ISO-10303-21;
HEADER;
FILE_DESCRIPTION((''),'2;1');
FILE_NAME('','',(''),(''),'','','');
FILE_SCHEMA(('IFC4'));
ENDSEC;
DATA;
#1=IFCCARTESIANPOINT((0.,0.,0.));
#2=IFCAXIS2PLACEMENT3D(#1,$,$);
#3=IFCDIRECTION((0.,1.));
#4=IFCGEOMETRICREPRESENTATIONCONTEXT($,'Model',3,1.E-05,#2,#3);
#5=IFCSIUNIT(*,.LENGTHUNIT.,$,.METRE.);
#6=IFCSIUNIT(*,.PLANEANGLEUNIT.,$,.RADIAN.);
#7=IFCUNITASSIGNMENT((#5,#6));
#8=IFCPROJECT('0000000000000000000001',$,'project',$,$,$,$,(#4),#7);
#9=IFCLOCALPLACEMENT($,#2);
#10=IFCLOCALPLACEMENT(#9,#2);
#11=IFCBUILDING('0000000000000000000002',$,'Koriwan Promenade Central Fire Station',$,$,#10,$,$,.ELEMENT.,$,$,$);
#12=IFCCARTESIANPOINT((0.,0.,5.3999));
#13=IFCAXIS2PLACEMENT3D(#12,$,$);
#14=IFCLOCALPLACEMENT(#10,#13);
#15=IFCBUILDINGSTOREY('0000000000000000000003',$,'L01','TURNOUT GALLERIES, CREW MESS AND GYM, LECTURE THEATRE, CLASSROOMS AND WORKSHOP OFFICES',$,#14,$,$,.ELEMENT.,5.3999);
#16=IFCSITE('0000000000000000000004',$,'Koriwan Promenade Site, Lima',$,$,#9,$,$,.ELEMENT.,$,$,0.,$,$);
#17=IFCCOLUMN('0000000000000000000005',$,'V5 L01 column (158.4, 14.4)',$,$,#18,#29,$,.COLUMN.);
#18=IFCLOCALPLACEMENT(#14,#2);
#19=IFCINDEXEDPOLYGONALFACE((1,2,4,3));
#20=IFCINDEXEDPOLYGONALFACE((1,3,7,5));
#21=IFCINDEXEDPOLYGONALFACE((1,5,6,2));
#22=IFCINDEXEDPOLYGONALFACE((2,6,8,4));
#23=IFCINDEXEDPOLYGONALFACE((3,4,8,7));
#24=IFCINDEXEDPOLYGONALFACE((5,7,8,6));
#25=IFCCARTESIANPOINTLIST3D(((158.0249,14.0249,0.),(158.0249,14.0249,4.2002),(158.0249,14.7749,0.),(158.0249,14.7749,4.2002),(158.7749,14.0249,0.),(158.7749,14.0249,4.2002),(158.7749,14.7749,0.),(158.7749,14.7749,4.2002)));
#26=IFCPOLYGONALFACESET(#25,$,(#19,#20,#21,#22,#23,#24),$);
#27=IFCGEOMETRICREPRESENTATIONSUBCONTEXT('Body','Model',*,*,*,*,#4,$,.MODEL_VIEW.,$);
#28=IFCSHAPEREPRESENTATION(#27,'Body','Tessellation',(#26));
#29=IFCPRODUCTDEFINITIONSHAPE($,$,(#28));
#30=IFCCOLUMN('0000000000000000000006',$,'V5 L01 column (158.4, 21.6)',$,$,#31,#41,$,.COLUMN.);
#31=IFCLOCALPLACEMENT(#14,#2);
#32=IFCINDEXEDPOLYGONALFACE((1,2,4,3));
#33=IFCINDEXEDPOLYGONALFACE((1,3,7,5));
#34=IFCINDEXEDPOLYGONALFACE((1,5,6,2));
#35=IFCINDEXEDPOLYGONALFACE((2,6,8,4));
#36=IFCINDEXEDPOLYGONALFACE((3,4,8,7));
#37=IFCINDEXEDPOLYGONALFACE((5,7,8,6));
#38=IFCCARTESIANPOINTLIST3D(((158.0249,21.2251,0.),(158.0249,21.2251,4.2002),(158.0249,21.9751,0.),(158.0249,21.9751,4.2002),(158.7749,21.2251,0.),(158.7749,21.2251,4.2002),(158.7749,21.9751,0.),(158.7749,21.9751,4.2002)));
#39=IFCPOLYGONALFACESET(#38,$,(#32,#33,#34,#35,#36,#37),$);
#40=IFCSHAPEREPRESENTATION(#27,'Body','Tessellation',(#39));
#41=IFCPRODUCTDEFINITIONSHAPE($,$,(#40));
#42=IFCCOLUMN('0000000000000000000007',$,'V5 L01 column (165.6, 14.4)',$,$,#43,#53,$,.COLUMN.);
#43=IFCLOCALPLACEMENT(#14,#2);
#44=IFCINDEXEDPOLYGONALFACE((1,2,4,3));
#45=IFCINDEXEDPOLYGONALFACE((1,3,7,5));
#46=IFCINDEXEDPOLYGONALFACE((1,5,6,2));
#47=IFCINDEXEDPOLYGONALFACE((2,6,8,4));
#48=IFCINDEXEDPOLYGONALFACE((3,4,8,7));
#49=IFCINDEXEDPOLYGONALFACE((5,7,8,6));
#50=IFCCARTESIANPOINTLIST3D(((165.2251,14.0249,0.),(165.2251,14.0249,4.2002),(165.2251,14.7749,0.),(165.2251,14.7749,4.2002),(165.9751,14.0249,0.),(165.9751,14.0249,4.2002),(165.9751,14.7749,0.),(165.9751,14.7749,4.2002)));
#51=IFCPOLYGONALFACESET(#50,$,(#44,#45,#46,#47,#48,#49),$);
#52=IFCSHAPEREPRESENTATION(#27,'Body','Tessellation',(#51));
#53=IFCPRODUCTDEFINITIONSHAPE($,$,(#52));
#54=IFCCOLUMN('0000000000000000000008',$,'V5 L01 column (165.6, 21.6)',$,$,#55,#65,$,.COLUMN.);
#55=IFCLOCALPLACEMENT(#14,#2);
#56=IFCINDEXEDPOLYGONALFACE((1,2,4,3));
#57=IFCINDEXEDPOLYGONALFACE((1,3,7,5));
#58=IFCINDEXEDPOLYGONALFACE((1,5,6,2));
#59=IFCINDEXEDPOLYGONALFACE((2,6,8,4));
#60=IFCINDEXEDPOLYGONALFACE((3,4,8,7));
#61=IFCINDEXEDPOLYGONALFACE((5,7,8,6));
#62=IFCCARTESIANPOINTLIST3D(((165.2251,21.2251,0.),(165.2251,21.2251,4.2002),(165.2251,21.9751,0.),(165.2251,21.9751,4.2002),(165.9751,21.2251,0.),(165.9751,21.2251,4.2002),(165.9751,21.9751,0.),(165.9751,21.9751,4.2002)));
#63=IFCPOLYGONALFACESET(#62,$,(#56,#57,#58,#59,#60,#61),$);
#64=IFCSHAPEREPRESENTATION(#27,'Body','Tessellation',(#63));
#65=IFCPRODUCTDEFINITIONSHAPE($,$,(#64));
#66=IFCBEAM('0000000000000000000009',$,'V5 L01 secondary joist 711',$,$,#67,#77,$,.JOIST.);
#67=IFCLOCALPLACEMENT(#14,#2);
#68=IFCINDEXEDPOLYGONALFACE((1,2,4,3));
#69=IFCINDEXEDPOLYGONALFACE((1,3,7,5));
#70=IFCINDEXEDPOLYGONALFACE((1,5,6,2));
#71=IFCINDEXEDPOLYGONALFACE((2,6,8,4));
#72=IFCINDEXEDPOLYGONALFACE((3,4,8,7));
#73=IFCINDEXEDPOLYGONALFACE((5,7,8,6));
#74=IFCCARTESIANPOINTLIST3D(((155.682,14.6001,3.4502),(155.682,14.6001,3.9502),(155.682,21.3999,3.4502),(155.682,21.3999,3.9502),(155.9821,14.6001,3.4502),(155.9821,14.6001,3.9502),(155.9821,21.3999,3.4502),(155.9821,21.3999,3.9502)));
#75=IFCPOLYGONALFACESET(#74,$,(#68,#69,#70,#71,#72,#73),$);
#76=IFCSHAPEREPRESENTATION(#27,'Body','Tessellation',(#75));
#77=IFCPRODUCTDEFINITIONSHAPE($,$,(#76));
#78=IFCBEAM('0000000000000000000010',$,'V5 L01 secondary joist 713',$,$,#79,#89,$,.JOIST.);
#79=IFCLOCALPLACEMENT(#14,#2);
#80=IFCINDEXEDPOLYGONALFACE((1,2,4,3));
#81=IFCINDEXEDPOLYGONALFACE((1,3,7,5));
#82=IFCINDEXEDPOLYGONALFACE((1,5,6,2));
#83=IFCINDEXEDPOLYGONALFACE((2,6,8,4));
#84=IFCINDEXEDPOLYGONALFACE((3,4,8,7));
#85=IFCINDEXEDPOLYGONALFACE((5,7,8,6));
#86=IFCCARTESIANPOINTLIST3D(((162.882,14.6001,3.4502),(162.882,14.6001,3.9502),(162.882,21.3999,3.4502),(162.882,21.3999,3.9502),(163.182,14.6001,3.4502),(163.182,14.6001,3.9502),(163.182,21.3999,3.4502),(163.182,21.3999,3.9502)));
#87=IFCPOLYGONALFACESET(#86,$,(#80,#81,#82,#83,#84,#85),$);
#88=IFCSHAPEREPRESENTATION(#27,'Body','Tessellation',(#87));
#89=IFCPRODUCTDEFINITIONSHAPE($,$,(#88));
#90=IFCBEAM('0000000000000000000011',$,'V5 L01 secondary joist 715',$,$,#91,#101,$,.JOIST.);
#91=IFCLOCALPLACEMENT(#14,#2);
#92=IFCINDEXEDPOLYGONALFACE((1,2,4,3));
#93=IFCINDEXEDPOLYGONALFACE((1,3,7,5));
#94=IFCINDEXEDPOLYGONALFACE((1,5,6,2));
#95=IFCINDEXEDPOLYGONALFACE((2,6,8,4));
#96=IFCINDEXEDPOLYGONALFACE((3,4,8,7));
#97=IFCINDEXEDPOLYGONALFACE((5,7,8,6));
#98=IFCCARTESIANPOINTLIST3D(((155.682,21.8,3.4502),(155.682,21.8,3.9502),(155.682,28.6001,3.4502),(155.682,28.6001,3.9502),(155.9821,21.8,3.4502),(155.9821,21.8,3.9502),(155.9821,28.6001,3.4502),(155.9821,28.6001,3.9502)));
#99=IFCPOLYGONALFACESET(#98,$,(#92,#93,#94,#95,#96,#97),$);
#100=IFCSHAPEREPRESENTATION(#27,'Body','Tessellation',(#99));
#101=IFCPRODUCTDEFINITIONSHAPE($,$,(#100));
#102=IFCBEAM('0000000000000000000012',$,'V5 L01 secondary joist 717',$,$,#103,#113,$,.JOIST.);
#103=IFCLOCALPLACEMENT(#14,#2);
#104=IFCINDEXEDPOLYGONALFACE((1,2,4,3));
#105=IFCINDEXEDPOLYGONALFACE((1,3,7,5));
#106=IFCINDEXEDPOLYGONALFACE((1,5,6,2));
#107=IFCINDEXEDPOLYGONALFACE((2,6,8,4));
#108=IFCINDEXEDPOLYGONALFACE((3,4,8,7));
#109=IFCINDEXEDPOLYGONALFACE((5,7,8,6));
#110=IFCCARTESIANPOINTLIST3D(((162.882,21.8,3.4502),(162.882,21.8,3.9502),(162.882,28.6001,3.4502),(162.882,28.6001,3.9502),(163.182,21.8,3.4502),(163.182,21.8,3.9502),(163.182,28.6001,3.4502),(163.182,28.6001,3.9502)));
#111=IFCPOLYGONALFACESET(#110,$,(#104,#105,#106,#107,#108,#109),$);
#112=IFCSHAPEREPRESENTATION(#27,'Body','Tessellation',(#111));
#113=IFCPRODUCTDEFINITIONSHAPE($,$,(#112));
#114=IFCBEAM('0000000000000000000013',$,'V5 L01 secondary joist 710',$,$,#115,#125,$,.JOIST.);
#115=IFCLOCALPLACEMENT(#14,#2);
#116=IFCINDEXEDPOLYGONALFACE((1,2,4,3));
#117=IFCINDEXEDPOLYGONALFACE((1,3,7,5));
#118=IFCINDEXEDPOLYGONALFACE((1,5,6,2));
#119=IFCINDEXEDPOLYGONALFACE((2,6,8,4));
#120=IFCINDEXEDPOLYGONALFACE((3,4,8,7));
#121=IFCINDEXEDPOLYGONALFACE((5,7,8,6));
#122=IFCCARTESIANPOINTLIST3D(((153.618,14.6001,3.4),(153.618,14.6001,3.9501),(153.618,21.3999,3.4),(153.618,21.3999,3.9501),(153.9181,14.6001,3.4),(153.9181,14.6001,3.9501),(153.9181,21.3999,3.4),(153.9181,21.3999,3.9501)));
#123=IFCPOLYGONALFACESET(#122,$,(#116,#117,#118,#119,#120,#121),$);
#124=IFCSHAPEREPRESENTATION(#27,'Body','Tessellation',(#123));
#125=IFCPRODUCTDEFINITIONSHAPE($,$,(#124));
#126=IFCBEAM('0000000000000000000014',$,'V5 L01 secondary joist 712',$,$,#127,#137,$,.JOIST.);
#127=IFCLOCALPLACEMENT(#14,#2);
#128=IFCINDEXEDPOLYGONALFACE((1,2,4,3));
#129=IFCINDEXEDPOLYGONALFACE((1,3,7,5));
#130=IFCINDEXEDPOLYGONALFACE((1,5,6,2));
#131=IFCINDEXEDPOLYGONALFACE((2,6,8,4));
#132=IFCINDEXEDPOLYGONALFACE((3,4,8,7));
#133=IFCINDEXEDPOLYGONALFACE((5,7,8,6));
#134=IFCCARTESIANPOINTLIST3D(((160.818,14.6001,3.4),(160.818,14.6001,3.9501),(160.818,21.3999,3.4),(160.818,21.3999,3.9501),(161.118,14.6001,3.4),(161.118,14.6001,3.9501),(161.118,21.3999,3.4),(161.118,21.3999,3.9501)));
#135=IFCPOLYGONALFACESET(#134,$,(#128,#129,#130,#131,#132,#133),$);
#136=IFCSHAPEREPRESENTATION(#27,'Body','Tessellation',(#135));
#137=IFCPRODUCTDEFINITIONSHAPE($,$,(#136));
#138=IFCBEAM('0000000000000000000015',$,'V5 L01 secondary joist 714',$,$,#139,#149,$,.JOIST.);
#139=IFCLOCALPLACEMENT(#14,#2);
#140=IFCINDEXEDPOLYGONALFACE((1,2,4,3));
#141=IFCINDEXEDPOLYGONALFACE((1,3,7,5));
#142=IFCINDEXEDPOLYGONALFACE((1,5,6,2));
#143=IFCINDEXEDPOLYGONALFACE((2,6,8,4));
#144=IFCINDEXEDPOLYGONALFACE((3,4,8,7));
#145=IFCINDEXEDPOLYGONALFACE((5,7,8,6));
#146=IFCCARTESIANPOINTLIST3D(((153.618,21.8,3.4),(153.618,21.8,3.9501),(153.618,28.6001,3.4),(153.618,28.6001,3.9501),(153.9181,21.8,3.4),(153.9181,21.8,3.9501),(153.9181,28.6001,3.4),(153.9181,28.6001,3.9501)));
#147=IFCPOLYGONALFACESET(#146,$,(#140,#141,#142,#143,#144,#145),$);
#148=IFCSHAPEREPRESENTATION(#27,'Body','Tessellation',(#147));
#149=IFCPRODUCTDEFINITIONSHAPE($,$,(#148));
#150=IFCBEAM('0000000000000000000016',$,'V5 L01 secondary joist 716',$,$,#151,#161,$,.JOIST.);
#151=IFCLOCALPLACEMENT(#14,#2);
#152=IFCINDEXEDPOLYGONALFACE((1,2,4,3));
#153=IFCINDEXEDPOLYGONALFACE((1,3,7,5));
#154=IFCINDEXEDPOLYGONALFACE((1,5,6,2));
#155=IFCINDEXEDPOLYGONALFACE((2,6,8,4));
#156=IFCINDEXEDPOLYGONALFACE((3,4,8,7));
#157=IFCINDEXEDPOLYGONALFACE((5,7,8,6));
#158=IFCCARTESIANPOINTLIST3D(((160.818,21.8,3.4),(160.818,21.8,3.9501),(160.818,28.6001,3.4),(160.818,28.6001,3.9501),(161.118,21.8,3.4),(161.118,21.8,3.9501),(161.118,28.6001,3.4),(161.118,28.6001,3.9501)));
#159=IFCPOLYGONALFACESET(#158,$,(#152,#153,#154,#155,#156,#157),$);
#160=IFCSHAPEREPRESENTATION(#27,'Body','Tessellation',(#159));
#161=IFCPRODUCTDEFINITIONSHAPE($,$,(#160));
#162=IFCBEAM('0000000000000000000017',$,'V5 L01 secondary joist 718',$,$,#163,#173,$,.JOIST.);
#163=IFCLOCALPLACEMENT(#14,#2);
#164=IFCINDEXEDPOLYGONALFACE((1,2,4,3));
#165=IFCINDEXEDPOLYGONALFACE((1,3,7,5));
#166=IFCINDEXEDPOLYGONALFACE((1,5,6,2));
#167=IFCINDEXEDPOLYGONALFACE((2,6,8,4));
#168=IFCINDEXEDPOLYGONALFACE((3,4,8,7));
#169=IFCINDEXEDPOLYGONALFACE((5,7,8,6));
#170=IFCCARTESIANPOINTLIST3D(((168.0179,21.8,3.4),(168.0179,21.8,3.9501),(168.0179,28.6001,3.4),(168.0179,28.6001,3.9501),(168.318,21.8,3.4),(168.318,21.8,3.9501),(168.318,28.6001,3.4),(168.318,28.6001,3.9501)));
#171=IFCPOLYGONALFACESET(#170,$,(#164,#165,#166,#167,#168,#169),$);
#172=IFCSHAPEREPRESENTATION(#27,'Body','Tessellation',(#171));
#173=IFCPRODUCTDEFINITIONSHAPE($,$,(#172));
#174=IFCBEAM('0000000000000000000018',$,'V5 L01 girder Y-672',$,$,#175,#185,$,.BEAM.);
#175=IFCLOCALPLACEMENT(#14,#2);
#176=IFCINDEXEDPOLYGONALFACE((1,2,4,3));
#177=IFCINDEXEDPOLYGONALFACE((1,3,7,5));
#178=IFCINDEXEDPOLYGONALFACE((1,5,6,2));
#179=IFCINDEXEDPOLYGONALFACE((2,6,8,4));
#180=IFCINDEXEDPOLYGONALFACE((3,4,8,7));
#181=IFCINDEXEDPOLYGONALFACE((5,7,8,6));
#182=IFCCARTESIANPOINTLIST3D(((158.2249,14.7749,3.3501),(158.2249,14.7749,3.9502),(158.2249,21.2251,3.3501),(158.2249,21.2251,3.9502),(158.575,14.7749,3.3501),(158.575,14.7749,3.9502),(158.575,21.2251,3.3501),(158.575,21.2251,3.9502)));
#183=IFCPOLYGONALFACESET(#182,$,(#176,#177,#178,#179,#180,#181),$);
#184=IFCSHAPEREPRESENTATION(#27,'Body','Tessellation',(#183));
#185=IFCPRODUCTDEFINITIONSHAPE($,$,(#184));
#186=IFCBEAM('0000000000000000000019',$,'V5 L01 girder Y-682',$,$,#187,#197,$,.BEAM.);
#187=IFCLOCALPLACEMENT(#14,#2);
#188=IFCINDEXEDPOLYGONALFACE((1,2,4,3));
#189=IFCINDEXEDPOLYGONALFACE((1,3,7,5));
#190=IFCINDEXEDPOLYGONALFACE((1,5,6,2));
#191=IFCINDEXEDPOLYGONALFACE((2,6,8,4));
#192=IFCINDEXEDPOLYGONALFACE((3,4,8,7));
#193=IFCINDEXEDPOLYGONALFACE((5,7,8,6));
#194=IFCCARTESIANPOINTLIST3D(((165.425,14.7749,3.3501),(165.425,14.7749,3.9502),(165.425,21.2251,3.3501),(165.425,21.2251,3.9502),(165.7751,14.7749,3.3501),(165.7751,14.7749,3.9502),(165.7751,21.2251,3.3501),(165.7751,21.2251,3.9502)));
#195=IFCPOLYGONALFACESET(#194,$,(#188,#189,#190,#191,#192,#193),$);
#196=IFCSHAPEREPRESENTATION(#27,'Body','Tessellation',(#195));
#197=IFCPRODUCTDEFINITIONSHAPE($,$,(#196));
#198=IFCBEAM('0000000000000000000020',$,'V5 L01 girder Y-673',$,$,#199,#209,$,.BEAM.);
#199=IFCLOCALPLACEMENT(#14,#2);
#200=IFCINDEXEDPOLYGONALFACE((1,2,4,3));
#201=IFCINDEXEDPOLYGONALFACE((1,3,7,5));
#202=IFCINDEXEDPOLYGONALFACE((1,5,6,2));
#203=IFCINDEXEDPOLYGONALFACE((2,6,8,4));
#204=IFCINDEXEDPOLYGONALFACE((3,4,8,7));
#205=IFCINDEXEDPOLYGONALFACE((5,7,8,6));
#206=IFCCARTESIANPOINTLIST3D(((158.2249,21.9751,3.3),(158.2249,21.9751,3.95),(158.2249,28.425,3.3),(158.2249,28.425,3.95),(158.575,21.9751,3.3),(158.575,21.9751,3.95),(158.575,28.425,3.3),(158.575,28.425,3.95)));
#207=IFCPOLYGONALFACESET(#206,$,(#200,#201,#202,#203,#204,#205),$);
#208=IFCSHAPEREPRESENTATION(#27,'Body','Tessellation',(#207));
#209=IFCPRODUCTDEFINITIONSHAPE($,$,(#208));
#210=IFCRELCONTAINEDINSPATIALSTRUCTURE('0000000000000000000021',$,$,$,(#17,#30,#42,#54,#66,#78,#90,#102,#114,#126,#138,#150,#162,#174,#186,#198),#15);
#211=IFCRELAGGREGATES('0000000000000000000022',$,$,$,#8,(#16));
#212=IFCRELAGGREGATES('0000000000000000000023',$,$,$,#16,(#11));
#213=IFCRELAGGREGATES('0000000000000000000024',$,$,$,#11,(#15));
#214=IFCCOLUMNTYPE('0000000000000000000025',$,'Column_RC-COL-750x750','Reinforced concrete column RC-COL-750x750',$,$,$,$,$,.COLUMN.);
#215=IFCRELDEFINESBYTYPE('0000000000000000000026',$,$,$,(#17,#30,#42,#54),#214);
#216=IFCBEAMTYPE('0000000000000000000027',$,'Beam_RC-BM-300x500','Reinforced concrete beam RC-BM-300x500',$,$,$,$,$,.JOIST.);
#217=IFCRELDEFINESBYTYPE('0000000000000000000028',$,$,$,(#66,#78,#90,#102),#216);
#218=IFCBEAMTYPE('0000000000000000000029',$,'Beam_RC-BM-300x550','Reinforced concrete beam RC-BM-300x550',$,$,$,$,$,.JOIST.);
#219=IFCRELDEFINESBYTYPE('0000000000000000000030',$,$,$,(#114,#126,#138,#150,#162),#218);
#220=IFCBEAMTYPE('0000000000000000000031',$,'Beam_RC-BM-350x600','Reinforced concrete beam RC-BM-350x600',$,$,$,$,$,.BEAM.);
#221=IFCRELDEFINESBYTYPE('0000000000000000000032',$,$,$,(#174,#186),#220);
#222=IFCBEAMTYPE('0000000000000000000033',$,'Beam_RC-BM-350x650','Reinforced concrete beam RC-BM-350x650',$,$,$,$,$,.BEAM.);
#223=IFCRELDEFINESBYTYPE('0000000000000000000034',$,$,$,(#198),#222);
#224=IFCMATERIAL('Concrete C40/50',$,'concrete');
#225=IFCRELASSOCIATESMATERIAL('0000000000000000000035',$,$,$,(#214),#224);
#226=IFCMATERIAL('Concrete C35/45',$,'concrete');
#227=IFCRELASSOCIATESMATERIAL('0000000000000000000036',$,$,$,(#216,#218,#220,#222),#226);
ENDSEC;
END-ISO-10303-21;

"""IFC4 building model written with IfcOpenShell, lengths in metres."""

from ifc_helpers import new_model, si_unit, direction, frame, origin, origin_2d, place, context, subcontext, project, spatial, rectangle, extrude, material, material_profile, profile_set, type_object, element, save


model = new_model("IFC4")

# Units and contexts
model_context = context("Model", 3, precision=1e-05, world=origin(), true_north=direction((0.0, 1.0)))
body_context = subcontext(model_context, "Body", "Model", "MODEL_VIEW")
ifc_project = project(units=[si_unit("LENGTHUNIT", "METRE"), si_unit("PLANEANGLEUNIT", "RADIAN")], contexts=[model_context])

# Site, building, storey
site_placement = place(None, origin())
site = spatial("IfcSite", under=ifc_project, at=site_placement, Name="Koriwan Promenade Site, Lima", CompositionType="ELEMENT", RefElevation=0.0)
building_placement = place(site_placement, origin())
building = spatial("IfcBuilding", under=site, at=building_placement, Name="Koriwan Promenade Central Fire Station", CompositionType="ELEMENT")
storey_placement = place(building_placement, frame((0.0, 0.0, 5.3999)))
storey = spatial("IfcBuildingStorey", under=building, at=storey_placement, Name="L01", Description="TURNOUT GALLERIES, CREW MESS AND GYM, LECTURE THEATRE, CLASSROOMS AND WORKSHOP OFFICES", CompositionType="ELEMENT", Elevation=5.3999)

# Columns
ifc_material_1 = material(Name="Concrete C40/50", Category="concrete")
ifc_material_profile_1 = material_profile(ifc_material_1, rectangle(XDim=0.75, YDim=0.75, at=origin_2d()), Name="RC-COL-750x750")
ifc_profile_set_1 = profile_set([ifc_material_profile_1], Name="Concrete C40/50")
column_type = type_object("IfcColumnType", Name="Column_RC-COL-750x750", Description="Reinforced concrete column RC-COL-750x750", PredefinedType="COLUMN", material=ifc_profile_set_1)
for number, where, z_axis, x_axis, name in (
    (1, (158.3999, 14.3999, 0.0), (0.0, 0.0, 1.0), (1.0, 0.0, 0.0), "V5 L01 column (158.4, 14.4)"),
    (2, (158.3999, 21.6001, 0.0), (0.0, 0.0, 1.0), (1.0, 0.0, 0.0), "V5 L01 column (158.4, 21.6)"),
    (3, (165.6001, 14.3999, 0.0), (0.0, 0.0, 1.0), (1.0, 0.0, 0.0), "V5 L01 column (165.6, 14.4)"),
    (4, (165.6001, 21.6001, 0.0), (0.0, 0.0, 1.0), (1.0, 0.0, 0.0), "V5 L01 column (165.6, 21.6)"),
):
    element("IfcColumn", number, at=place(storey_placement, frame(where, z_axis=z_axis, x_axis=x_axis)), inside=storey, type_object=column_type, Name=name, PredefinedType="COLUMN", context=body_context, shape_type="SweptSolid", body=[
        extrude(rectangle(XDim=0.75, YDim=0.75, at=origin_2d()), origin(), (0.0, 0.0, 1.0), 4.2002),
    ])

# Beams
ifc_material_2 = material(Name="Concrete C35/45", Category="concrete")
ifc_material_profile_2 = material_profile(ifc_material_2, rectangle(XDim=0.3, YDim=0.5, at=origin_2d()), Name="RC-BM-300x500")
ifc_profile_set_2 = profile_set([ifc_material_profile_2], Name="Concrete C35/45")
beam_type_1 = type_object("IfcBeamType", Name="Beam_RC-BM-300x500", Description="Reinforced concrete beam RC-BM-300x500", PredefinedType="JOIST", material=ifc_profile_set_2)
for number, where, z_axis, x_axis, name in (
    (5, (155.832, 14.6001, 3.7002), (0.0, 1.0, 0.0), (-1.0, 0.0, 0.0), "V5 L01 secondary joist 711"),
    (6, (163.032, 14.6001, 3.7002), (0.0, 1.0, 0.0), (-1.0, 0.0, 0.0), "V5 L01 secondary joist 713"),
):
    element("IfcBeam", number, at=place(storey_placement, frame(where, z_axis=z_axis, x_axis=x_axis)), inside=storey, type_object=beam_type_1, Name=name, PredefinedType="JOIST", context=body_context, shape_type="SweptSolid", body=[
        extrude(rectangle(XDim=0.3, YDim=0.5, at=origin_2d()), origin(), (0.0, 0.0, 1.0), 6.7998),
    ])
for number, where, z_axis, x_axis, name in (
    (7, (155.832, 21.8, 3.7002), (0.0, 1.0, 0.0), (-1.0, 0.0, 0.0), "V5 L01 secondary joist 715"),
    (8, (163.032, 21.8, 3.7002), (0.0, 1.0, 0.0), (-1.0, 0.0, 0.0), "V5 L01 secondary joist 717"),
):
    element("IfcBeam", number, at=place(storey_placement, frame(where, z_axis=z_axis, x_axis=x_axis)), inside=storey, type_object=beam_type_1, Name=name, PredefinedType="JOIST", context=body_context, shape_type="SweptSolid", body=[
        extrude(rectangle(XDim=0.3, YDim=0.5, at=origin_2d()), origin(), (0.0, 0.0, 1.0), 6.8),
    ])
ifc_material_profile_3 = material_profile(ifc_material_2, rectangle(XDim=0.3, YDim=0.55, at=origin_2d()), Name="RC-BM-300x550")
ifc_profile_set_3 = profile_set([ifc_material_profile_3], Name="Concrete C35/45")
beam_type_2 = type_object("IfcBeamType", Name="Beam_RC-BM-300x550", Description="Reinforced concrete beam RC-BM-300x550", PredefinedType="JOIST", material=ifc_profile_set_3)
for number, where, z_axis, x_axis, name in (
    (9, (153.7681, 14.6001, 3.675), (0.0, 1.0, 0.0), (-1.0, 0.0, 0.0), "V5 L01 secondary joist 710"),
    (10, (160.968, 14.6001, 3.675), (0.0, 1.0, 0.0), (-1.0, 0.0, 0.0), "V5 L01 secondary joist 712"),
):
    element("IfcBeam", number, at=place(storey_placement, frame(where, z_axis=z_axis, x_axis=x_axis)), inside=storey, type_object=beam_type_2, Name=name, PredefinedType="JOIST", context=body_context, shape_type="SweptSolid", body=[
        extrude(rectangle(XDim=0.3, YDim=0.55, at=origin_2d()), origin(), (0.0, 0.0, 1.0), 6.7998),
    ])
for number, where, z_axis, x_axis, name in (
    (11, (153.7681, 21.8, 3.675), (0.0, 1.0, 0.0), (-1.0, 0.0, 0.0), "V5 L01 secondary joist 714"),
    (12, (160.968, 21.8, 3.675), (0.0, 1.0, 0.0), (-1.0, 0.0, 0.0), "V5 L01 secondary joist 716"),
    (13, (168.168, 21.8, 3.675), (0.0, 1.0, 0.0), (-1.0, 0.0, 0.0), "V5 L01 secondary joist 718"),
):
    element("IfcBeam", number, at=place(storey_placement, frame(where, z_axis=z_axis, x_axis=x_axis)), inside=storey, type_object=beam_type_2, Name=name, PredefinedType="JOIST", context=body_context, shape_type="SweptSolid", body=[
        extrude(rectangle(XDim=0.3, YDim=0.55, at=origin_2d()), origin(), (0.0, 0.0, 1.0), 6.8),
    ])
ifc_material_profile_4 = material_profile(ifc_material_2, rectangle(XDim=0.3501, YDim=0.6001, at=origin_2d()), Name="RC-BM-350x600")
ifc_profile_set_4 = profile_set([ifc_material_profile_4], Name="Concrete C35/45")
beam_type_3 = type_object("IfcBeamType", Name="Beam_RC-BM-350x600", Description="Reinforced concrete beam RC-BM-350x600", PredefinedType="BEAM", material=ifc_profile_set_4)
for number, where, z_axis, x_axis, name in (
    (14, (158.3999, 14.7749, 3.6501), (0.0, 1.0, 0.0), (-1.0, 0.0, 0.0), "V5 L01 girder Y-672"),
    (15, (165.6001, 14.7749, 3.6501), (0.0, 1.0, 0.0), (-1.0, 0.0, 0.0), "V5 L01 girder Y-682"),
):
    element("IfcBeam", number, at=place(storey_placement, frame(where, z_axis=z_axis, x_axis=x_axis)), inside=storey, type_object=beam_type_3, Name=name, PredefinedType="BEAM", context=body_context, shape_type="SweptSolid", body=[
        extrude(rectangle(XDim=0.3501, YDim=0.6001, at=origin_2d()), origin(), (0.0, 0.0, 1.0), 6.4502),
    ])
ifc_material_profile_5 = material_profile(ifc_material_2, rectangle(XDim=0.3501, YDim=0.6499, at=origin_2d()), Name="RC-BM-350x650")
ifc_profile_set_5 = profile_set([ifc_material_profile_5], Name="Concrete C35/45")
beam_type_4 = type_object("IfcBeamType", Name="Beam_RC-BM-350x650", Description="Reinforced concrete beam RC-BM-350x650", PredefinedType="BEAM", material=ifc_profile_set_5)
for number, where, z_axis, x_axis, name in (
    (16, (158.3999, 21.9751, 3.625), (0.0, 1.0, 0.0), (-1.0, 0.0, 0.0), "V5 L01 girder Y-673"),
):
    element("IfcBeam", number, at=place(storey_placement, frame(where, z_axis=z_axis, x_axis=x_axis)), inside=storey, type_object=beam_type_4, Name=name, PredefinedType="BEAM", context=body_context, shape_type="SweptSolid", body=[
        extrude(rectangle(XDim=0.3501, YDim=0.6499, at=origin_2d()), origin(), (0.0, 0.0, 1.0), 6.45),
    ])

save(model, "model.ifc")
